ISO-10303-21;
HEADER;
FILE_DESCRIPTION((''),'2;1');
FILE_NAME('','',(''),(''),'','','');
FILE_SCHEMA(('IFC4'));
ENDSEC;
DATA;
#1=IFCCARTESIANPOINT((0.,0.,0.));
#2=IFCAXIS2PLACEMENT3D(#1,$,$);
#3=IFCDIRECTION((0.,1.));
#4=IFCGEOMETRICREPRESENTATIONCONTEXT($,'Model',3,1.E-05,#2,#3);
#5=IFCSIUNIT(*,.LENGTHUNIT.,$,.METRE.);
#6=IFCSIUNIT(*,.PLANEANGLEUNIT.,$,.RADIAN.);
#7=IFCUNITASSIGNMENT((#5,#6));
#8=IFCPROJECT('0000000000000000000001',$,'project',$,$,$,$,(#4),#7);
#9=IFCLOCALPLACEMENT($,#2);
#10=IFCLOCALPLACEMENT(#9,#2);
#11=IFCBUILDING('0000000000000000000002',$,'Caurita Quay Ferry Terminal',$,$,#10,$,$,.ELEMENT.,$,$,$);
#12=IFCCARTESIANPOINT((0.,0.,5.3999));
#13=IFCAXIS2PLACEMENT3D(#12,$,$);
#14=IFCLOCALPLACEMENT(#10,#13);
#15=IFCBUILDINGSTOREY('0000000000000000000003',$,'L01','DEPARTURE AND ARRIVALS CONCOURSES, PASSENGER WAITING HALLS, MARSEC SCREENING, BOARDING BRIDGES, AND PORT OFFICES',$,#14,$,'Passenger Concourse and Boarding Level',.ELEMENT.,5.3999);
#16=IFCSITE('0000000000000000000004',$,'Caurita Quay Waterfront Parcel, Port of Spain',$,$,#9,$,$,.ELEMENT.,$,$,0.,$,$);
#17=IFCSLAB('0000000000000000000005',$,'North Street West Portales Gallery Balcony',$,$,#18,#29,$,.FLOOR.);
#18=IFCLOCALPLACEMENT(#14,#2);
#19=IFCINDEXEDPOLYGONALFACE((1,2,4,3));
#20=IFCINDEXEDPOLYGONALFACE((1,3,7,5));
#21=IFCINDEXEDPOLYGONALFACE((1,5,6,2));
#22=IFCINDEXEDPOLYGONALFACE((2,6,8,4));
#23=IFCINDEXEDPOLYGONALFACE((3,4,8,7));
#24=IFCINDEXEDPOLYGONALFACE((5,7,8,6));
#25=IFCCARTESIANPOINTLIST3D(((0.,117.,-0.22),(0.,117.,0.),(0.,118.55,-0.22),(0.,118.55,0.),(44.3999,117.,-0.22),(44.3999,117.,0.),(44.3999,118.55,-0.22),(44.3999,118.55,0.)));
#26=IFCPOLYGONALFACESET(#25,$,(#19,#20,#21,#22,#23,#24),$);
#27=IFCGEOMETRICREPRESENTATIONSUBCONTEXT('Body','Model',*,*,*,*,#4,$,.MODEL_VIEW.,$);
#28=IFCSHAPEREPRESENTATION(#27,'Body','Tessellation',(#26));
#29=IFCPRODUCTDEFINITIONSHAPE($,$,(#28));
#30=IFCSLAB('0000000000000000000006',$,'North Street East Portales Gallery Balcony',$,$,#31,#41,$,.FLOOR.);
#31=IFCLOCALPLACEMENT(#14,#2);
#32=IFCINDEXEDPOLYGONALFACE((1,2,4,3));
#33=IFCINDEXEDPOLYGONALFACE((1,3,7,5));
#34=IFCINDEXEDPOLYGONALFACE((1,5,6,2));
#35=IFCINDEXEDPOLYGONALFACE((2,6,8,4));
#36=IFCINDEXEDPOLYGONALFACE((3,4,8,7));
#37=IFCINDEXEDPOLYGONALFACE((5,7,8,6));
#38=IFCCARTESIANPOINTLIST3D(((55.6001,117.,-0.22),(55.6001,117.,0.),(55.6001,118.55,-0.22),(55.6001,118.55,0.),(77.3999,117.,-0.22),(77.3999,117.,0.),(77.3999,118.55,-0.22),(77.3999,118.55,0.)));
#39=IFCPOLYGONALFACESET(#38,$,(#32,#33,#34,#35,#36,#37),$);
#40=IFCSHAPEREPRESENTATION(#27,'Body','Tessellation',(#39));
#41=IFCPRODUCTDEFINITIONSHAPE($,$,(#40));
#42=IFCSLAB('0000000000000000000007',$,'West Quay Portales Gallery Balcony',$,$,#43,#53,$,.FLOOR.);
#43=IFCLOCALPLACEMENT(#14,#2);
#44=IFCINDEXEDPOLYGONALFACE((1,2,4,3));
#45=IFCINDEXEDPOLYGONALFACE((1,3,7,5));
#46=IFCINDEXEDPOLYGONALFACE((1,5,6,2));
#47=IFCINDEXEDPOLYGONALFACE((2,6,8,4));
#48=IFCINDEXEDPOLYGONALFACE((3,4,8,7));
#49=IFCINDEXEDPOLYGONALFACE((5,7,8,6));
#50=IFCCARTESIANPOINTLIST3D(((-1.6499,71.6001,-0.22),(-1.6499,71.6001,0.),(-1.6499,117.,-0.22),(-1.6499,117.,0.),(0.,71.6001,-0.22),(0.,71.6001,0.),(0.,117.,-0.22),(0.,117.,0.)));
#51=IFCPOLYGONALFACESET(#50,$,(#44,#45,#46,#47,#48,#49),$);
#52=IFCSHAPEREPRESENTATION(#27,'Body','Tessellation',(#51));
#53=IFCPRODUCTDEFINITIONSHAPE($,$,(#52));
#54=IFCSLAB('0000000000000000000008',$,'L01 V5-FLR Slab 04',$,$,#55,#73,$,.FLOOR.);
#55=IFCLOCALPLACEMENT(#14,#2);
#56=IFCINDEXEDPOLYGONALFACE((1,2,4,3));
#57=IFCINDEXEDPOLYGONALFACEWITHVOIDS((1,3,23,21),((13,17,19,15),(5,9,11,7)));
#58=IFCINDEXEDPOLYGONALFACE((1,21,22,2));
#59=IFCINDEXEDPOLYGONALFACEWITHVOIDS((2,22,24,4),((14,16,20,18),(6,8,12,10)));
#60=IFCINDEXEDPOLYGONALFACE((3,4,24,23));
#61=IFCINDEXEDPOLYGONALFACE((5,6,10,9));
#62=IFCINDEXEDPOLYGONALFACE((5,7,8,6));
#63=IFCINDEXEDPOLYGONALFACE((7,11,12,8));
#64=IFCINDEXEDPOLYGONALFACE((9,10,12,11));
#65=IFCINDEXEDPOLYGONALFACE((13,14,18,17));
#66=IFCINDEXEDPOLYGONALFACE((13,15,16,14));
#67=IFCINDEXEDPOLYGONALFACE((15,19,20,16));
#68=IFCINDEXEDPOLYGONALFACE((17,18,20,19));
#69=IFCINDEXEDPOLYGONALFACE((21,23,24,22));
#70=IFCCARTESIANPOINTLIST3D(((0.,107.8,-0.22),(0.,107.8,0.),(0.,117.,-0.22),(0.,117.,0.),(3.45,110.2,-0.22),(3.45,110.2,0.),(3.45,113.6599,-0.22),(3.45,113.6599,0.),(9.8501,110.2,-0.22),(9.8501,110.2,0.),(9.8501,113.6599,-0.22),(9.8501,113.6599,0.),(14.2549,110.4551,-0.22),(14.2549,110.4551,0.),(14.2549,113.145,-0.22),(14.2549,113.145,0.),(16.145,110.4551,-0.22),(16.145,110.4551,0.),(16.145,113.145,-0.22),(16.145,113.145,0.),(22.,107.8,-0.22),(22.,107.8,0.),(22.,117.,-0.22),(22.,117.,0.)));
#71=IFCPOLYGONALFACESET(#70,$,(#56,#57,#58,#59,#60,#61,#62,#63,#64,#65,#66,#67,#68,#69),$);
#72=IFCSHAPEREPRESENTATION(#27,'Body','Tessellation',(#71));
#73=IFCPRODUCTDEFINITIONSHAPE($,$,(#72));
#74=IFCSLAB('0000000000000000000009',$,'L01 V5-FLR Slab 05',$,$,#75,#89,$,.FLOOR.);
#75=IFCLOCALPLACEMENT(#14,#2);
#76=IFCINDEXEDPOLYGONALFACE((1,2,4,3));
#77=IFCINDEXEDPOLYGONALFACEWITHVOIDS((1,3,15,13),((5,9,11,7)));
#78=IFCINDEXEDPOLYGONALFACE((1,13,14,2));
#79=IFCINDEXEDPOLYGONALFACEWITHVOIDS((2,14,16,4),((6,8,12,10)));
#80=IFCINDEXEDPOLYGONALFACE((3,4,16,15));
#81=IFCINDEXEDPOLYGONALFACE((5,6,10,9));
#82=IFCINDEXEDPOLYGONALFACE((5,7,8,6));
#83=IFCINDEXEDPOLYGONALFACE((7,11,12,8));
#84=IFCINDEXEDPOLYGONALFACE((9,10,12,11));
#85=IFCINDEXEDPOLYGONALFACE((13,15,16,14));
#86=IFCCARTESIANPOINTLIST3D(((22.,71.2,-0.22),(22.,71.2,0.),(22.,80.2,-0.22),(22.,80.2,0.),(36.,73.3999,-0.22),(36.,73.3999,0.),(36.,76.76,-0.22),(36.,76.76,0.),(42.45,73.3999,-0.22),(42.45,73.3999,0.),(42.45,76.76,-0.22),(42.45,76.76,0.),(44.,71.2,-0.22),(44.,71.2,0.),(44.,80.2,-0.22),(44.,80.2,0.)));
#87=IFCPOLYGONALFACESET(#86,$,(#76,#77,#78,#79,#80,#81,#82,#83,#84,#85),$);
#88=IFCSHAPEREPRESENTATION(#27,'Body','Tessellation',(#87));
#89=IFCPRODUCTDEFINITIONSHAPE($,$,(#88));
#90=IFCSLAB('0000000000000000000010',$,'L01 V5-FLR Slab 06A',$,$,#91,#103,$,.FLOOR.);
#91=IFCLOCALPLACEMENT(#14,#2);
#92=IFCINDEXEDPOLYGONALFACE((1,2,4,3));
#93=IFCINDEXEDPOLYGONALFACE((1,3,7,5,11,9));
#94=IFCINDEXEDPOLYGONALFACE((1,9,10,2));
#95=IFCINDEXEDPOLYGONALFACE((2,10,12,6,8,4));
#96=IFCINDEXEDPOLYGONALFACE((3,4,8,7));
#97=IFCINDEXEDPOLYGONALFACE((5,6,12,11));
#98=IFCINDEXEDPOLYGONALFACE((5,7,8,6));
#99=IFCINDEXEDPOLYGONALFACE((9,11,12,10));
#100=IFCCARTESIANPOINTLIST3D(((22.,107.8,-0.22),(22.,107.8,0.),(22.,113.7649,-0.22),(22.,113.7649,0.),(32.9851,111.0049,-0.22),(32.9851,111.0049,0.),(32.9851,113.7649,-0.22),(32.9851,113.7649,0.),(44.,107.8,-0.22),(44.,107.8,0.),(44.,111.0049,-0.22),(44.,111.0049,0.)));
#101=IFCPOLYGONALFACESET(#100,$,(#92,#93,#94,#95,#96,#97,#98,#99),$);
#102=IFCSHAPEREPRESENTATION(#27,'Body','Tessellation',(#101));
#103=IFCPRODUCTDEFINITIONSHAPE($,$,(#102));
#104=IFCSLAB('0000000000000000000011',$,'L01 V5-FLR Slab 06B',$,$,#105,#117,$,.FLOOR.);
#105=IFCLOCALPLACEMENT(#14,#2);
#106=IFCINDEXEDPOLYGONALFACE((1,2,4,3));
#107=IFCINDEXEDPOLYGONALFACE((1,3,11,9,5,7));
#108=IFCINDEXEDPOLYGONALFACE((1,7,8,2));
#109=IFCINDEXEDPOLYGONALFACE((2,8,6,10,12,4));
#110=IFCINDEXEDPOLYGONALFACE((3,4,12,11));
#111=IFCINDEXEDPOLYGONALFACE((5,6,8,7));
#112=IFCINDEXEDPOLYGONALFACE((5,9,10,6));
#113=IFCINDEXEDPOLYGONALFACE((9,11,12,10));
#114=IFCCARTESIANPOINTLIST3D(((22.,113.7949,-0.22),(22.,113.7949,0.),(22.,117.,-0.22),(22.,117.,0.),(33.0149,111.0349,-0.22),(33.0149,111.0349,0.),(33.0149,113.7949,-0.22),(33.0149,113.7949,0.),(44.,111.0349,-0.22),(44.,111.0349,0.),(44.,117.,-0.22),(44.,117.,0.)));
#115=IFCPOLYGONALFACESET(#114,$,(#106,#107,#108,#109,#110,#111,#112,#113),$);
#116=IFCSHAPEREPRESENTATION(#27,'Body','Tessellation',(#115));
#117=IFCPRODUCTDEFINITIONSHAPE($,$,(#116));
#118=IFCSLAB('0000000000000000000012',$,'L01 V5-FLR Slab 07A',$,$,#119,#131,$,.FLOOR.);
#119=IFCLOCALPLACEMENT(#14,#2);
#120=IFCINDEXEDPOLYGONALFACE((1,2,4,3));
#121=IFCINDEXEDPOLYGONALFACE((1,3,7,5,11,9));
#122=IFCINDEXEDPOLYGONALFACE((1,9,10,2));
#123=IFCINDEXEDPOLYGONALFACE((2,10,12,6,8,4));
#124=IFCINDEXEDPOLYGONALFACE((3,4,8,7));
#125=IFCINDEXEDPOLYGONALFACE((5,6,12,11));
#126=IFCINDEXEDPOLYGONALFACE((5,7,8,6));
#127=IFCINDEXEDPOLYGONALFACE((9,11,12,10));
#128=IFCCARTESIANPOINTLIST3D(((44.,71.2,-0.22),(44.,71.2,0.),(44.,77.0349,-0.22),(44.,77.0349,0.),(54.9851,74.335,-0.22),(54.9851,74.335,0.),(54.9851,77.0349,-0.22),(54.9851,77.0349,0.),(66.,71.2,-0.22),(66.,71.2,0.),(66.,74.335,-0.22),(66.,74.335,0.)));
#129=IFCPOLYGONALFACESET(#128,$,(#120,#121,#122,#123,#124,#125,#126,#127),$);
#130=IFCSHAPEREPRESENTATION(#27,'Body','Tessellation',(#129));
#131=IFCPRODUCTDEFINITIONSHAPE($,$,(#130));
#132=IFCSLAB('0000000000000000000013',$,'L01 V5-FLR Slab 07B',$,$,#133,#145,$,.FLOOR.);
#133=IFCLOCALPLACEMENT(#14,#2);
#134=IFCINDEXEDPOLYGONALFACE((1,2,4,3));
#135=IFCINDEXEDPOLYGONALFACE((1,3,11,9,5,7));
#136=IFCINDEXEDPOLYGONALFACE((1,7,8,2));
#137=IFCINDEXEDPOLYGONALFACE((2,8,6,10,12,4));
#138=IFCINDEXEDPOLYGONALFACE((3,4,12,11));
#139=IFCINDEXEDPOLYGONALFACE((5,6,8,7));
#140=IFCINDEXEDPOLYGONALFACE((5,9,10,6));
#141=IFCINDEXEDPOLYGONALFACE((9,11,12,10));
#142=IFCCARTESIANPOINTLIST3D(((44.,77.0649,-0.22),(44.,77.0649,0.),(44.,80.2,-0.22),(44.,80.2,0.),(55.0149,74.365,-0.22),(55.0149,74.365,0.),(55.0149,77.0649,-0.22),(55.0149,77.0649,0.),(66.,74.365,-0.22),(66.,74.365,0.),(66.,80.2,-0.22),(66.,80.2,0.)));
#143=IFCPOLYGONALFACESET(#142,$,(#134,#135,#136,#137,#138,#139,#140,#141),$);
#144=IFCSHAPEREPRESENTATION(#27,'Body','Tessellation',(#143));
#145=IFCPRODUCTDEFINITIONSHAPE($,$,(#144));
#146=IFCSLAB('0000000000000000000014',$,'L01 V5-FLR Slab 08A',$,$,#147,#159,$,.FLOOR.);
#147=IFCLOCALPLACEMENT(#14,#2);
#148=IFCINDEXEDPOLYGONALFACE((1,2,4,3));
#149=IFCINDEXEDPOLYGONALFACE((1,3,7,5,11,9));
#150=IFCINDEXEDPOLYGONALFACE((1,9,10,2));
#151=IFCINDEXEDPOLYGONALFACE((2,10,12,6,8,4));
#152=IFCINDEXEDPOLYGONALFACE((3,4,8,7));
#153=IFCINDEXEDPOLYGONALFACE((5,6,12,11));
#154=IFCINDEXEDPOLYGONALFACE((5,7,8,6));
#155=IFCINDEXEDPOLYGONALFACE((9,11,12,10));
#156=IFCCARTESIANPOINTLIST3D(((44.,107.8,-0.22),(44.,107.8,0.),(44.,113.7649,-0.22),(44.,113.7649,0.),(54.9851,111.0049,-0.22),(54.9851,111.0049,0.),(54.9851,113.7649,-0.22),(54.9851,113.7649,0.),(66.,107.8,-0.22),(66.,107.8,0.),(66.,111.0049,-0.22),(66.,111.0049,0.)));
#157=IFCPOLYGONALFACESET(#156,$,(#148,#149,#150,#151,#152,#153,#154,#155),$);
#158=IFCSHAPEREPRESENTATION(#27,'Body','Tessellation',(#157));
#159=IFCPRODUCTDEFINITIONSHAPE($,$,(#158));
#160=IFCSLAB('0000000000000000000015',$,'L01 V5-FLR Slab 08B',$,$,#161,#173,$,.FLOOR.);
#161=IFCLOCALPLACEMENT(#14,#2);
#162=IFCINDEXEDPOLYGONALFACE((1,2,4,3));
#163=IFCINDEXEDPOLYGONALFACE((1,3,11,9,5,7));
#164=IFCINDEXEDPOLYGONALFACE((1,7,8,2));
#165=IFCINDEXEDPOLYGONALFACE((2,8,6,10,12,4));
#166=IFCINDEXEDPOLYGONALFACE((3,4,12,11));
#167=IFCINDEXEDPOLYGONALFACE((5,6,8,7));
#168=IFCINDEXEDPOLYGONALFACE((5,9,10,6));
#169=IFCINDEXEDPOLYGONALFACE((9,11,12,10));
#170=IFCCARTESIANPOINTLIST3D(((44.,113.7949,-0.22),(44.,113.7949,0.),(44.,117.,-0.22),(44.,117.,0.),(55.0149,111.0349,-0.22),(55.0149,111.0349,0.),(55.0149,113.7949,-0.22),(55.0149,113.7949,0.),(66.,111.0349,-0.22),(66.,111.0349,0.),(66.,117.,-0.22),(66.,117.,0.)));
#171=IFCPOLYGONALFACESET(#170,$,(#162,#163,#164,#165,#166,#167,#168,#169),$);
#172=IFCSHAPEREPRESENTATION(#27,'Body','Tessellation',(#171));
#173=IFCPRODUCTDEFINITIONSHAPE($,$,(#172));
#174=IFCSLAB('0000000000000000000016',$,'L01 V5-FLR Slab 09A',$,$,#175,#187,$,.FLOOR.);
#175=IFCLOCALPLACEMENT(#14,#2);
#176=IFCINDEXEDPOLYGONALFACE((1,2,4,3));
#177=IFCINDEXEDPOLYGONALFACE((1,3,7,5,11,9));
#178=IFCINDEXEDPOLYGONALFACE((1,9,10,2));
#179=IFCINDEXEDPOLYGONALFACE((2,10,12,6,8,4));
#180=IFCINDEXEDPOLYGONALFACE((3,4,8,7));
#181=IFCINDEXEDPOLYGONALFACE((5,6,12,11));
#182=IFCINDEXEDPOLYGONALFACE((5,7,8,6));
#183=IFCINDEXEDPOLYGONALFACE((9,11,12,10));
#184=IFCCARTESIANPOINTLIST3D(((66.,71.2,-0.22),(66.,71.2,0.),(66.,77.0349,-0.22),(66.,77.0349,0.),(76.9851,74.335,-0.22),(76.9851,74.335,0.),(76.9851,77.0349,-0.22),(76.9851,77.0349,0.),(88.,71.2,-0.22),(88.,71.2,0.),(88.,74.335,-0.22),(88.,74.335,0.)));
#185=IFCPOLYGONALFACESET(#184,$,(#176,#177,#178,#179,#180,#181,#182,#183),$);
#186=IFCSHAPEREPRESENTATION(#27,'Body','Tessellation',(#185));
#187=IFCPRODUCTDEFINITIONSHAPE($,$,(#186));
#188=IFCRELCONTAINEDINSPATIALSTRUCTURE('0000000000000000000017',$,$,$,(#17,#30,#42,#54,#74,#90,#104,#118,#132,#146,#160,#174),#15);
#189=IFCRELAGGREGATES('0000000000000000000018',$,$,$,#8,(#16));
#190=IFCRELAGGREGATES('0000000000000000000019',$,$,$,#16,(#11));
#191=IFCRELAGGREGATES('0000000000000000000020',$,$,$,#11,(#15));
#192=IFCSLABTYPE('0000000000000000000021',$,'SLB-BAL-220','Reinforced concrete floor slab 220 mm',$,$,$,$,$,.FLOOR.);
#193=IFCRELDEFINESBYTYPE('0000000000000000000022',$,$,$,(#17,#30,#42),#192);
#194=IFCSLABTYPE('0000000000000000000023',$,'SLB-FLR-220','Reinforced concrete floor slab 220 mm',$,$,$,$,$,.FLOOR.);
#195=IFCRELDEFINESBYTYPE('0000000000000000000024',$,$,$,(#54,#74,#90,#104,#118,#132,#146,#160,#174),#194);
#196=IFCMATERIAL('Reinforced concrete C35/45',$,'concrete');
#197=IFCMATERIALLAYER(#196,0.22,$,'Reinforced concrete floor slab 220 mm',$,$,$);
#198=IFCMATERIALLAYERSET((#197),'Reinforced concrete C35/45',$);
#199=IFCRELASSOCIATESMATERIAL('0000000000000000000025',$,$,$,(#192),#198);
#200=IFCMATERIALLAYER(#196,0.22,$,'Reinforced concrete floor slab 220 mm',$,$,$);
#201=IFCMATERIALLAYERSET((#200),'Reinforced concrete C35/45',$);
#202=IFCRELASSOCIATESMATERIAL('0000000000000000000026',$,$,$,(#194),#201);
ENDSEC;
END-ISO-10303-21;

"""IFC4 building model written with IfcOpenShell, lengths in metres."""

from ifc_helpers import new_model, si_unit, direction, frame, origin, place, context, subcontext, project, spatial, polyline, outline, extrude, material, layer, layer_set, type_object, element, save


model = new_model("IFC4")

# Units and contexts
model_context = context("Model", 3, precision=1e-05, world=origin(), true_north=direction((0.0, 1.0)))
body_context = subcontext(model_context, "Body", "Model", "MODEL_VIEW")
ifc_project = project(units=[si_unit("LENGTHUNIT", "METRE"), si_unit("PLANEANGLEUNIT", "RADIAN")], contexts=[model_context])

# Site, building, storey
site_placement = place(None, origin())
site = spatial("IfcSite", under=ifc_project, at=site_placement, Name="Caurita Quay Waterfront Parcel, Port of Spain", CompositionType="ELEMENT", RefElevation=0.0)
building_placement = place(site_placement, origin())
building = spatial("IfcBuilding", under=site, at=building_placement, Name="Caurita Quay Ferry Terminal", CompositionType="ELEMENT")
storey_placement = place(building_placement, frame((0.0, 0.0, 5.3999)))
storey = spatial("IfcBuildingStorey", under=building, at=storey_placement, Name="L01", Description="DEPARTURE AND ARRIVALS CONCOURSES, PASSENGER WAITING HALLS, MARSEC SCREENING, BOARDING BRIDGES, AND PORT OFFICES", LongName="Passenger Concourse and Boarding Level", CompositionType="ELEMENT", Elevation=5.3999)

# Slabs
ifc_material = material(Name="Reinforced concrete C35/45", Category="concrete")
ifc_layer_1 = layer(ifc_material, 0.22, Name="Reinforced concrete floor slab 220 mm")
ifc_layer_set_1 = layer_set([ifc_layer_1], Name="Reinforced concrete C35/45")
slab_type_1 = type_object("IfcSlabType", Name="SLB-BAL-220", Description="Reinforced concrete floor slab 220 mm", PredefinedType="FLOOR", material=ifc_layer_set_1)
slab_1_placement = place(storey_placement, frame((0.0, 0.0, -0.22)))
element("IfcSlab", 1, at=slab_1_placement, inside=storey, type_object=slab_type_1, Name="North Street West Portales Gallery Balcony", PredefinedType="FLOOR", context=body_context, shape_type="SweptSolid", body=[
    extrude(outline(polyline([(0.0, 117.0), (44.3999, 117.0), (44.3999, 118.55), (0.0, 118.55), (0.0, 117.0)])), origin(), (0.0, 0.0, 1.0), 0.22),
])
slab_2_placement = place(storey_placement, frame((0.0, 0.0, -0.22)))
element("IfcSlab", 2, at=slab_2_placement, inside=storey, type_object=slab_type_1, Name="North Street East Portales Gallery Balcony", PredefinedType="FLOOR", context=body_context, shape_type="SweptSolid", body=[
    extrude(outline(polyline([(55.6001, 117.0), (77.3999, 117.0), (77.3999, 118.55), (55.6001, 118.55), (55.6001, 117.0)])), origin(), (0.0, 0.0, 1.0), 0.22),
])
slab_3_placement = place(storey_placement, frame((0.0, 0.0, -0.22)))
element("IfcSlab", 3, at=slab_3_placement, inside=storey, type_object=slab_type_1, Name="West Quay Portales Gallery Balcony", PredefinedType="FLOOR", context=body_context, shape_type="SweptSolid", body=[
    extrude(outline(polyline([(-1.6499, 71.6001), (0.0, 71.6001), (0.0, 117.0), (-1.6499, 117.0), (-1.6499, 71.6001)])), origin(), (0.0, 0.0, 1.0), 0.22),
])
ifc_layer_2 = layer(ifc_material, 0.22, Name="Reinforced concrete floor slab 220 mm")
ifc_layer_set_2 = layer_set([ifc_layer_2], Name="Reinforced concrete C35/45")
slab_type_2 = type_object("IfcSlabType", Name="SLB-FLR-220", Description="Reinforced concrete floor slab 220 mm", PredefinedType="FLOOR", material=ifc_layer_set_2)
slab_4_placement = place(storey_placement, frame((0.0, 0.0, -0.22)))
element("IfcSlab", 4, at=slab_4_placement, inside=storey, type_object=slab_type_2, Name="L01 V5-FLR Slab 04", PredefinedType="FLOOR", context=body_context, shape_type="SweptSolid", body=[
    extrude(outline(polyline([(0.0, 107.8), (22.0, 107.8), (22.0, 117.0), (0.0, 117.0), (0.0, 107.8)]), holes=[polyline([(3.45, 110.2), (9.8501, 110.2), (9.8501, 113.6599), (3.45, 113.6599), (3.45, 110.2)]), polyline([(14.2549, 110.4551), (16.145, 110.4551), (16.145, 113.145), (14.2549, 113.145), (14.2549, 110.4551)])]), origin(), (0.0, 0.0, 1.0), 0.22),
])
slab_5_placement = place(storey_placement, frame((0.0, 0.0, -0.22)))
element("IfcSlab", 5, at=slab_5_placement, inside=storey, type_object=slab_type_2, Name="L01 V5-FLR Slab 05", PredefinedType="FLOOR", context=body_context, shape_type="SweptSolid", body=[
    extrude(outline(polyline([(22.0, 71.2), (44.0, 71.2), (44.0, 80.2), (22.0, 80.2), (22.0, 71.2)]), holes=[polyline([(36.0, 73.3999), (42.45, 73.3999), (42.45, 76.76), (36.0, 76.76), (36.0, 73.3999)])]), origin(), (0.0, 0.0, 1.0), 0.22),
])
slab_6_placement = place(storey_placement, frame((0.0, 0.0, -0.22)))
element("IfcSlab", 6, at=slab_6_placement, inside=storey, type_object=slab_type_2, Name="L01 V5-FLR Slab 06A", PredefinedType="FLOOR", context=body_context, shape_type="SweptSolid", body=[
    extrude(outline(polyline([(22.0, 107.8), (44.0, 107.8), (44.0, 111.0049), (32.9851, 111.0049), (32.9851, 113.7649), (22.0, 113.7649), (22.0, 107.8)])), origin(), (0.0, 0.0, 1.0), 0.22),
])
slab_7_placement = place(storey_placement, frame((0.0, 0.0, -0.22)))
element("IfcSlab", 7, at=slab_7_placement, inside=storey, type_object=slab_type_2, Name="L01 V5-FLR Slab 06B", PredefinedType="FLOOR", context=body_context, shape_type="SweptSolid", body=[
    extrude(outline(polyline([(33.0149, 111.0349), (44.0, 111.0349), (44.0, 117.0), (22.0, 117.0), (22.0, 113.7949), (33.0149, 113.7949), (33.0149, 111.0349)])), origin(), (0.0, 0.0, 1.0), 0.22),
])
slab_8_placement = place(storey_placement, frame((0.0, 0.0, -0.22)))
element("IfcSlab", 8, at=slab_8_placement, inside=storey, type_object=slab_type_2, Name="L01 V5-FLR Slab 07A", PredefinedType="FLOOR", context=body_context, shape_type="SweptSolid", body=[
    extrude(outline(polyline([(44.0, 71.2), (66.0, 71.2), (66.0, 74.335), (54.9851, 74.335), (54.9851, 77.0349), (44.0, 77.0349), (44.0, 71.2)])), origin(), (0.0, 0.0, 1.0), 0.22),
])
slab_9_placement = place(storey_placement, frame((0.0, 0.0, -0.22)))
element("IfcSlab", 9, at=slab_9_placement, inside=storey, type_object=slab_type_2, Name="L01 V5-FLR Slab 07B", PredefinedType="FLOOR", context=body_context, shape_type="SweptSolid", body=[
    extrude(outline(polyline([(55.0149, 74.365), (66.0, 74.365), (66.0, 80.2), (44.0, 80.2), (44.0, 77.0649), (55.0149, 77.0649), (55.0149, 74.365)])), origin(), (0.0, 0.0, 1.0), 0.22),
])
slab_10_placement = place(storey_placement, frame((0.0, 0.0, -0.22)))
element("IfcSlab", 10, at=slab_10_placement, inside=storey, type_object=slab_type_2, Name="L01 V5-FLR Slab 08A", PredefinedType="FLOOR", context=body_context, shape_type="SweptSolid", body=[
    extrude(outline(polyline([(44.0, 107.8), (66.0, 107.8), (66.0, 111.0049), (54.9851, 111.0049), (54.9851, 113.7649), (44.0, 113.7649), (44.0, 107.8)])), origin(), (0.0, 0.0, 1.0), 0.22),
])
slab_11_placement = place(storey_placement, frame((0.0, 0.0, -0.22)))
element("IfcSlab", 11, at=slab_11_placement, inside=storey, type_object=slab_type_2, Name="L01 V5-FLR Slab 08B", PredefinedType="FLOOR", context=body_context, shape_type="SweptSolid", body=[
    extrude(outline(polyline([(55.0149, 111.0349), (66.0, 111.0349), (66.0, 117.0), (44.0, 117.0), (44.0, 113.7949), (55.0149, 113.7949), (55.0149, 111.0349)])), origin(), (0.0, 0.0, 1.0), 0.22),
])
slab_12_placement = place(storey_placement, frame((0.0, 0.0, -0.22)))
element("IfcSlab", 12, at=slab_12_placement, inside=storey, type_object=slab_type_2, Name="L01 V5-FLR Slab 09A", PredefinedType="FLOOR", context=body_context, shape_type="SweptSolid", body=[
    extrude(outline(polyline([(66.0, 71.2), (88.0, 71.2), (88.0, 74.335), (76.9851, 74.335), (76.9851, 77.0349), (66.0, 77.0349), (66.0, 71.2)])), origin(), (0.0, 0.0, 1.0), 0.22),
])

save(model, "model.ifc")
